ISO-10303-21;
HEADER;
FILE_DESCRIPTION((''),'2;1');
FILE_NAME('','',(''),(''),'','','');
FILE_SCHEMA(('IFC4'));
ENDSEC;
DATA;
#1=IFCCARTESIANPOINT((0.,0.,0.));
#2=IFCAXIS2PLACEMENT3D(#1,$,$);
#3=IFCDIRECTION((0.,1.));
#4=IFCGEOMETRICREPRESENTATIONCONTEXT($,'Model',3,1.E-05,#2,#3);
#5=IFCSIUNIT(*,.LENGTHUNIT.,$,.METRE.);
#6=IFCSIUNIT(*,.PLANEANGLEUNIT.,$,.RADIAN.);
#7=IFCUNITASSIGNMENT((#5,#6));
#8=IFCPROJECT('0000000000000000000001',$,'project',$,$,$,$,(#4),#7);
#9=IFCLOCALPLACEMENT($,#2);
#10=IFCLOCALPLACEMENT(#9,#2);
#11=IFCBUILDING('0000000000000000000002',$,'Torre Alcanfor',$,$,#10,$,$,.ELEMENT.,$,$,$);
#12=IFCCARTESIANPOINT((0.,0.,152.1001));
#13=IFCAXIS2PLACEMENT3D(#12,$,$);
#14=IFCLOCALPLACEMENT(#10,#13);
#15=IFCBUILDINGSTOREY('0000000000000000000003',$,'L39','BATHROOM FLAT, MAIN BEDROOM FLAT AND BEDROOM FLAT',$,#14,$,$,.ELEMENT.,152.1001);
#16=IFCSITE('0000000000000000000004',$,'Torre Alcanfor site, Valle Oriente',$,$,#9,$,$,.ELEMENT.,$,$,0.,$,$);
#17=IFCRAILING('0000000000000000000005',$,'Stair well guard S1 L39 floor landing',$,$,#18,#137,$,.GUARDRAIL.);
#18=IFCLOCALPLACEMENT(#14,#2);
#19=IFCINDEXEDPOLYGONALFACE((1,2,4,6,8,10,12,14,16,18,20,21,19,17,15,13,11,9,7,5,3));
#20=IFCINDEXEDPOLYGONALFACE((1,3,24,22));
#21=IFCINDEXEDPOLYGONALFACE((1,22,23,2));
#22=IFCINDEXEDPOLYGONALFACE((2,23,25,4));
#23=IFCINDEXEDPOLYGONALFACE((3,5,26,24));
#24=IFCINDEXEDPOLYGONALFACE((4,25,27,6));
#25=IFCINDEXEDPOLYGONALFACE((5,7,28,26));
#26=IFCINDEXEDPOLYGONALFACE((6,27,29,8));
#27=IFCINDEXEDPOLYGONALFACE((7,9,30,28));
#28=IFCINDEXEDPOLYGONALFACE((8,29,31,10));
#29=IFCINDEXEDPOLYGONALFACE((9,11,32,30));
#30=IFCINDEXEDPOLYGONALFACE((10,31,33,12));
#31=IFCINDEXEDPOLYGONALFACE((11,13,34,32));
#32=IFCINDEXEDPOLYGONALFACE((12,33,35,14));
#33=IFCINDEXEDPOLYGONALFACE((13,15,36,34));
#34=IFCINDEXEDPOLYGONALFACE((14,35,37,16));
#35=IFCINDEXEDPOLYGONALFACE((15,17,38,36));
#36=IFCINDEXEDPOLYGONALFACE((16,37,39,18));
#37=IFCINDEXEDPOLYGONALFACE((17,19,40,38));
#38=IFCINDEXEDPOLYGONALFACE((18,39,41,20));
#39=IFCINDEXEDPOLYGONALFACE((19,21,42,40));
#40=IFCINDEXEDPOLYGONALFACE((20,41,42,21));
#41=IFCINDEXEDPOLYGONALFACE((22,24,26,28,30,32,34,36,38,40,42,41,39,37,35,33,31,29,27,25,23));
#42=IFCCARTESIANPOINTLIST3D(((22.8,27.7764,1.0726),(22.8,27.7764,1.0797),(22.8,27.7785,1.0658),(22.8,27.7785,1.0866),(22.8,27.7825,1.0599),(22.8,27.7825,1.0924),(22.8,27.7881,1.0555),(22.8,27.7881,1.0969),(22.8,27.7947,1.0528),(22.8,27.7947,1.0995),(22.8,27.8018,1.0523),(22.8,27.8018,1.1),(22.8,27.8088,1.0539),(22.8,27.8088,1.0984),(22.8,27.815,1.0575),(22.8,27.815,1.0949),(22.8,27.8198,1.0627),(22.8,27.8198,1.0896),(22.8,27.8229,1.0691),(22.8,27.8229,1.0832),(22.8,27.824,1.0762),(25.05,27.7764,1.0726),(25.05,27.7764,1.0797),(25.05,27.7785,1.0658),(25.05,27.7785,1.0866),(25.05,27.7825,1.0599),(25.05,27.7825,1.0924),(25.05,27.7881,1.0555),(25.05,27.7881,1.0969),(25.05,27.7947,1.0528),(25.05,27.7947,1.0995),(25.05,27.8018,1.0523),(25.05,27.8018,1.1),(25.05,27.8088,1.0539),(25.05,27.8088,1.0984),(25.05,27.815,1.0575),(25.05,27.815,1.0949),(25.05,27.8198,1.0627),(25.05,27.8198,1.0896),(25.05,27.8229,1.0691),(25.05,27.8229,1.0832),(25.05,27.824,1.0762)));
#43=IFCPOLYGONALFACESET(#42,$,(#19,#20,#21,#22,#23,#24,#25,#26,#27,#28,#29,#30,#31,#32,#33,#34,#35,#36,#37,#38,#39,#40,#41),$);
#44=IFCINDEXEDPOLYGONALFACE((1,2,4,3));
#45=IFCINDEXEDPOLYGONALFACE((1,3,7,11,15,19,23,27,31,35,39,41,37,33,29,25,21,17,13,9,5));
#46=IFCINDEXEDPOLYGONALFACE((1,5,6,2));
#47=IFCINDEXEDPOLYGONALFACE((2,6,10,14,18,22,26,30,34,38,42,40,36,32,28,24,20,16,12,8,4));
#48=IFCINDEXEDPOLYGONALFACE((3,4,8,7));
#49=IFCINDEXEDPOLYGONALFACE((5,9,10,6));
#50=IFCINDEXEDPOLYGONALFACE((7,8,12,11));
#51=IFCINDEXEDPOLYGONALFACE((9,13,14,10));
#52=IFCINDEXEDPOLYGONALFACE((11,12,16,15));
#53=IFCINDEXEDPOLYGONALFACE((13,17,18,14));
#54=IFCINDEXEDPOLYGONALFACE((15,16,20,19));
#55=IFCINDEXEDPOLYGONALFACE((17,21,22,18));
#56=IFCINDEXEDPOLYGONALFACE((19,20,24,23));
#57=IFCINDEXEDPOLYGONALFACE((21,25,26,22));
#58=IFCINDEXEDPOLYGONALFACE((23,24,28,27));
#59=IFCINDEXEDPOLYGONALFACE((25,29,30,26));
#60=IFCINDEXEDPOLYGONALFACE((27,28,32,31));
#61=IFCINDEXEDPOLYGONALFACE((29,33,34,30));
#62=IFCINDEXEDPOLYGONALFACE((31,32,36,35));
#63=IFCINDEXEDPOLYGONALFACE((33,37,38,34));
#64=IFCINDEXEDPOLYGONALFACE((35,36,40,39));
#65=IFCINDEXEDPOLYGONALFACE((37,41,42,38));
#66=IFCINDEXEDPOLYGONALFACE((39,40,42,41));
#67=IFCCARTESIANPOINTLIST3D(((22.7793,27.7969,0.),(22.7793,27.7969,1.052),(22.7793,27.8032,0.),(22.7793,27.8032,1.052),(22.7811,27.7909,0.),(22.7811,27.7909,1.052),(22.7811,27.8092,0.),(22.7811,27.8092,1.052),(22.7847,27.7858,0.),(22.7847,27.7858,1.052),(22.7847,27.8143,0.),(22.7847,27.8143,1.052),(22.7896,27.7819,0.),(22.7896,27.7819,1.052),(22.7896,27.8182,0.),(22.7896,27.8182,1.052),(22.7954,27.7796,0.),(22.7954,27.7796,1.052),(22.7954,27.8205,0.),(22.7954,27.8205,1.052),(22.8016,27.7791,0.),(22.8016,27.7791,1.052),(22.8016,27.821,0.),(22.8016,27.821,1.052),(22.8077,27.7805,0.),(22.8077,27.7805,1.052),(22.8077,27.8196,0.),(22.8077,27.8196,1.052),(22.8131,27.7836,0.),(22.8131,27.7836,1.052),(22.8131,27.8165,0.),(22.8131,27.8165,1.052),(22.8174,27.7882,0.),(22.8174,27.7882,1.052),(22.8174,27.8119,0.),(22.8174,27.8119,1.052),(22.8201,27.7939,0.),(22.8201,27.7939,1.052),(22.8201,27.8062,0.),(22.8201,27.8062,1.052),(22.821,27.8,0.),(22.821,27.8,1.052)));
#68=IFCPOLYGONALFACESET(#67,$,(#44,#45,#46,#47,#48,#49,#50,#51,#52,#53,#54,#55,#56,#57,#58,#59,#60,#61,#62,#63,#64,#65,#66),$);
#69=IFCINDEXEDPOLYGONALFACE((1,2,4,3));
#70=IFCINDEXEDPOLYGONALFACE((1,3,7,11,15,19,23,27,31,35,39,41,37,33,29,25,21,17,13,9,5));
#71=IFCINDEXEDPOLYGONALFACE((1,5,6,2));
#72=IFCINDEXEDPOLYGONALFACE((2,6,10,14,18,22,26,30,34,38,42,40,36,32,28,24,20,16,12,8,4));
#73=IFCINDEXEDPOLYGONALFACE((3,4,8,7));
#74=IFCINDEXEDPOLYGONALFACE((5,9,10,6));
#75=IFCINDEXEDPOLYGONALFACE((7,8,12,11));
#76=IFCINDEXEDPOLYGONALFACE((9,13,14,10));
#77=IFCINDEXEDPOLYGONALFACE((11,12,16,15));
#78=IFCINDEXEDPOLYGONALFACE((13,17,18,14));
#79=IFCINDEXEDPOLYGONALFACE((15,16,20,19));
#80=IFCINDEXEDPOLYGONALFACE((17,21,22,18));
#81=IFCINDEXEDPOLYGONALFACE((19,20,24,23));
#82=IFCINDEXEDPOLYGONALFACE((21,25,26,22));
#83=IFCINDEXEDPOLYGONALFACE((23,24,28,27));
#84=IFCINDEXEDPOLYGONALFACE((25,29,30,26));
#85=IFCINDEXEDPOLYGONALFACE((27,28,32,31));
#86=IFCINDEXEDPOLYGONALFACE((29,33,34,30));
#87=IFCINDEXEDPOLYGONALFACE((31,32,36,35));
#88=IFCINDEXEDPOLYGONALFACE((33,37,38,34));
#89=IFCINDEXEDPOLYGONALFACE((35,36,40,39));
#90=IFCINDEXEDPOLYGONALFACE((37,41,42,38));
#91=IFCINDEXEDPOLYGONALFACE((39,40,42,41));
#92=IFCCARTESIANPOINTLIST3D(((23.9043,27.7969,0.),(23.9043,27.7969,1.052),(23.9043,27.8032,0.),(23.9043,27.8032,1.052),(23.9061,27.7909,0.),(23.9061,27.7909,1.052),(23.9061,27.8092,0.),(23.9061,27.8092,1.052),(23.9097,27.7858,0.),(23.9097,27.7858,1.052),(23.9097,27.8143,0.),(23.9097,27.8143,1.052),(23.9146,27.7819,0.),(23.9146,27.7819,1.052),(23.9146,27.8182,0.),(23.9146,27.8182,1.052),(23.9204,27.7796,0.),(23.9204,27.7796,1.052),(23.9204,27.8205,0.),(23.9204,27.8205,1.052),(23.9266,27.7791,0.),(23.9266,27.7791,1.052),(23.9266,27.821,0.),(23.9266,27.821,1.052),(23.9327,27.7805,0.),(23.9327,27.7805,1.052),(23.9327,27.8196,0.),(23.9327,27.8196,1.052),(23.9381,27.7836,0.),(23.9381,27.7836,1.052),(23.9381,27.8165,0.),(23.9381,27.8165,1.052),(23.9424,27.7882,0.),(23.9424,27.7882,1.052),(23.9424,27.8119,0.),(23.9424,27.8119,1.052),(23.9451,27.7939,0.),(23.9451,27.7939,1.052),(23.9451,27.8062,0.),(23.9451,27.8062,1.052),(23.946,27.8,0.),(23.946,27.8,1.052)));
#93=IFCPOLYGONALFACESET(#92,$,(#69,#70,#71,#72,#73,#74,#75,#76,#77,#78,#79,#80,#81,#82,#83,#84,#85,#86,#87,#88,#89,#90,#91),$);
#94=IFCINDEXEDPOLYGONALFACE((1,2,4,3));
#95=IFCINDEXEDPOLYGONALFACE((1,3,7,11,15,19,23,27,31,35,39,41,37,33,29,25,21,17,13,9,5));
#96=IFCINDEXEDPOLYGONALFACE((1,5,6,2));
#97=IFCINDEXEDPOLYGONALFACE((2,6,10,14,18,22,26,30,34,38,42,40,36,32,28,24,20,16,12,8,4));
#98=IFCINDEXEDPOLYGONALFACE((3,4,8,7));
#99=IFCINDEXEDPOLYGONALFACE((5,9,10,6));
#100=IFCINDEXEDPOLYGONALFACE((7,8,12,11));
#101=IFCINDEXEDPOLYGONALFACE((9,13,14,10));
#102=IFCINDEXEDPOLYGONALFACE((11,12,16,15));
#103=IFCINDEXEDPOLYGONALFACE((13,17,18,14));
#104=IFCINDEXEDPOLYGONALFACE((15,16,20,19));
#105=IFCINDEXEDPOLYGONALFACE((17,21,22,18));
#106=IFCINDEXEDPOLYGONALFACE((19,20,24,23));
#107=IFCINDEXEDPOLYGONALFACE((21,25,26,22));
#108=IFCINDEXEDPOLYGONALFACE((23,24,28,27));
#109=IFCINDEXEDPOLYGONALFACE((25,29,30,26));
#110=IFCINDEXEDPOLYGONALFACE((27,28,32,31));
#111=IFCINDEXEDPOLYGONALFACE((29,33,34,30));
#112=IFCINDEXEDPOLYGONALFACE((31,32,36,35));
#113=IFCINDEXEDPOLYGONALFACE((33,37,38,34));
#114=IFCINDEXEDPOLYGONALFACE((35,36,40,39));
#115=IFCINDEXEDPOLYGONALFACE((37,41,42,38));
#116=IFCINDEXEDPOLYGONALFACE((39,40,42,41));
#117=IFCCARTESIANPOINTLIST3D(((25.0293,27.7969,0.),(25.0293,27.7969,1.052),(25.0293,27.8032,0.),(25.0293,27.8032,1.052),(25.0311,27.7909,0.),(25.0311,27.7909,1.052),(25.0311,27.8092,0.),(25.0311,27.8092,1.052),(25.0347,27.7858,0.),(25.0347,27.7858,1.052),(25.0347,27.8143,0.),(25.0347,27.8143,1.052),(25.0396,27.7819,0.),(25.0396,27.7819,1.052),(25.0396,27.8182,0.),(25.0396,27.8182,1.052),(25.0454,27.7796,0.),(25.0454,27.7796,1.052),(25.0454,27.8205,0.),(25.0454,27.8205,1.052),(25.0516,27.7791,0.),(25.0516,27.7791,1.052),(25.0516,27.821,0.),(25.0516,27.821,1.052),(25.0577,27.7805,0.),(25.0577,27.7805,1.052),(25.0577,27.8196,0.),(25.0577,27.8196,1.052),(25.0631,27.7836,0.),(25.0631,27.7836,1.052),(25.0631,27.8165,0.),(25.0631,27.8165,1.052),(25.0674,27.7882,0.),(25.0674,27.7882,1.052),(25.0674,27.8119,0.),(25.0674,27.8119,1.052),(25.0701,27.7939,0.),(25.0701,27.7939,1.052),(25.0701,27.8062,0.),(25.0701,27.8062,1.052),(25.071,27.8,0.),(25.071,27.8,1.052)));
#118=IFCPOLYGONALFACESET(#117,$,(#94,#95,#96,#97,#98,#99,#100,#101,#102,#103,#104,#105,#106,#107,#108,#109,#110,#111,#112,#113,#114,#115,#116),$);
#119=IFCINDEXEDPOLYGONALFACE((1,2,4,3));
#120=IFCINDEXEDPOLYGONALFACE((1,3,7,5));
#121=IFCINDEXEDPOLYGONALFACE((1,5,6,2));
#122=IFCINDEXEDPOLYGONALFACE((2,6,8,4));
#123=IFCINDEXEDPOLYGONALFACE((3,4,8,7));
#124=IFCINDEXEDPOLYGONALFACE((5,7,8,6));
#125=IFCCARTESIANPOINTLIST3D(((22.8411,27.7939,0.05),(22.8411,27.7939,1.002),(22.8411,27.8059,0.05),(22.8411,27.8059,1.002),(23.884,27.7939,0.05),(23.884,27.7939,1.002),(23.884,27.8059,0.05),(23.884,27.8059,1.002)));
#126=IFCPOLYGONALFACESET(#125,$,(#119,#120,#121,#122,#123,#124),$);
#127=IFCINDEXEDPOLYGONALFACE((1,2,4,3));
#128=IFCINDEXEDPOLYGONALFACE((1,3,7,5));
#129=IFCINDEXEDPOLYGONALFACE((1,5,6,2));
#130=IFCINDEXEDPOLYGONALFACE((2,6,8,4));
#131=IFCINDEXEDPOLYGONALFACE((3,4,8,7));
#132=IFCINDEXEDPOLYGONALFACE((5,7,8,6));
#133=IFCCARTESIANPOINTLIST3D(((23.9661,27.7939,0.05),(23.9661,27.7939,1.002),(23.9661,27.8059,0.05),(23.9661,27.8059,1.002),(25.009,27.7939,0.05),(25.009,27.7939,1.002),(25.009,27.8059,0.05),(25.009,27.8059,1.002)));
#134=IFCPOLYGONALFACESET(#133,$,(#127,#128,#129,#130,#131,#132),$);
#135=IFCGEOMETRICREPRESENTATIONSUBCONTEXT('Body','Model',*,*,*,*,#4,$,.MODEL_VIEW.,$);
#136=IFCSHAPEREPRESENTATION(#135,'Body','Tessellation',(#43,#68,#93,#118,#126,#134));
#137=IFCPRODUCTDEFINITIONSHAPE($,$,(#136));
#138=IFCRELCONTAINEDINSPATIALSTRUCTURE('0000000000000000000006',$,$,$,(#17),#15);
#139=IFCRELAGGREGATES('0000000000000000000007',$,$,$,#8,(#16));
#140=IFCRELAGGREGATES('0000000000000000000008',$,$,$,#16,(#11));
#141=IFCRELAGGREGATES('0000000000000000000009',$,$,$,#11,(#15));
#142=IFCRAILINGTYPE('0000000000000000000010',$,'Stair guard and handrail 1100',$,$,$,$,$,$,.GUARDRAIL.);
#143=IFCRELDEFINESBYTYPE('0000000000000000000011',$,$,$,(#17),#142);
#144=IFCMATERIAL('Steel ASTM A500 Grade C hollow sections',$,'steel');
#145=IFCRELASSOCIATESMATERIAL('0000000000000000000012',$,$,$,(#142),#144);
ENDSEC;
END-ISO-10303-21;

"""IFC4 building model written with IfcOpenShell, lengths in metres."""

from ifc_helpers import new_model, si_unit, direction, frame, origin, origin_2d, place, context, subcontext, project, spatial, polyline, circle, outline, extrude, material, type_object, element, save


model = new_model("IFC4")

# Units and contexts
model_context = context("Model", 3, precision=1e-05, world=origin(), true_north=direction((0.0, 1.0)))
body_context = subcontext(model_context, "Body", "Model", "MODEL_VIEW")
ifc_project = project(units=[si_unit("LENGTHUNIT", "METRE"), si_unit("PLANEANGLEUNIT", "RADIAN")], contexts=[model_context])

# Site, building, storey
site_placement = place(None, origin())
site = spatial("IfcSite", under=ifc_project, at=site_placement, Name="Torre Alcanfor site, Valle Oriente", CompositionType="ELEMENT", RefElevation=0.0)
building_placement = place(site_placement, origin())
building = spatial("IfcBuilding", under=site, at=building_placement, Name="Torre Alcanfor", CompositionType="ELEMENT")
storey_placement = place(building_placement, frame((0.0, 0.0, 152.1001)))
storey = spatial("IfcBuildingStorey", under=building, at=storey_placement, Name="L39", Description="BATHROOM FLAT, MAIN BEDROOM FLAT AND BEDROOM FLAT", CompositionType="ELEMENT", Elevation=152.1001)

# Railing
ifc_material_1 = material(Name="Steel ASTM A500 Grade C hollow sections", Category="steel")
railing_type_1 = type_object("IfcRailingType", Name="Stair guard and handrail 1100", PredefinedType="GUARDRAIL", material=ifc_material_1)
railing_1_placement = place(storey_placement, frame((22.8, 27.8, 0.0)))
element("IfcRailing", 1, at=railing_1_placement, inside=storey, type_object=railing_type_1, Name="Stair well guard S1 L39 floor landing", PredefinedType="GUARDRAIL", context=body_context, shape_type="SweptSolid", body=[
    extrude(circle(Radius=0.0239, at=origin_2d()), frame((0.0, 0.0, 1.0762), z_axis=(1.0, 0.0, 0.0), x_axis=(0.0, 1.0, 0.0)), (0.0, 0.0, 1.0), 2.25),
    extrude(circle(Radius=0.021, at=origin_2d()), origin(), (0.0, 0.0, 1.0), 1.052),
    extrude(circle(Radius=0.021, at=origin_2d()), frame((1.125, 0.0, 0.0)), (0.0, 0.0, 1.0), 1.052),
    extrude(circle(Radius=0.021, at=origin_2d()), frame((2.25, 0.0, 0.0)), (0.0, 0.0, 1.0), 1.052),
    extrude(outline(polyline([(0.041, 0.05), (1.084, 0.05), (1.084, 1.002), (0.041, 1.002), (0.041, 0.05)])), frame((0.0, 0.0059, 0.0), z_axis=(0.0, -1.0, 0.0), x_axis=(1.0, 0.0, 0.0)), (0.0, 0.0, 1.0), 0.012),
    extrude(outline(polyline([(1.166, 0.05), (2.209, 0.05), (2.209, 1.002), (1.166, 1.002), (1.166, 0.05)])), frame((0.0, 0.0059, 0.0), z_axis=(0.0, -1.0, 0.0), x_axis=(1.0, 0.0, 0.0)), (0.0, 0.0, 1.0), 0.012),
])

save(model, "model.ifc")
